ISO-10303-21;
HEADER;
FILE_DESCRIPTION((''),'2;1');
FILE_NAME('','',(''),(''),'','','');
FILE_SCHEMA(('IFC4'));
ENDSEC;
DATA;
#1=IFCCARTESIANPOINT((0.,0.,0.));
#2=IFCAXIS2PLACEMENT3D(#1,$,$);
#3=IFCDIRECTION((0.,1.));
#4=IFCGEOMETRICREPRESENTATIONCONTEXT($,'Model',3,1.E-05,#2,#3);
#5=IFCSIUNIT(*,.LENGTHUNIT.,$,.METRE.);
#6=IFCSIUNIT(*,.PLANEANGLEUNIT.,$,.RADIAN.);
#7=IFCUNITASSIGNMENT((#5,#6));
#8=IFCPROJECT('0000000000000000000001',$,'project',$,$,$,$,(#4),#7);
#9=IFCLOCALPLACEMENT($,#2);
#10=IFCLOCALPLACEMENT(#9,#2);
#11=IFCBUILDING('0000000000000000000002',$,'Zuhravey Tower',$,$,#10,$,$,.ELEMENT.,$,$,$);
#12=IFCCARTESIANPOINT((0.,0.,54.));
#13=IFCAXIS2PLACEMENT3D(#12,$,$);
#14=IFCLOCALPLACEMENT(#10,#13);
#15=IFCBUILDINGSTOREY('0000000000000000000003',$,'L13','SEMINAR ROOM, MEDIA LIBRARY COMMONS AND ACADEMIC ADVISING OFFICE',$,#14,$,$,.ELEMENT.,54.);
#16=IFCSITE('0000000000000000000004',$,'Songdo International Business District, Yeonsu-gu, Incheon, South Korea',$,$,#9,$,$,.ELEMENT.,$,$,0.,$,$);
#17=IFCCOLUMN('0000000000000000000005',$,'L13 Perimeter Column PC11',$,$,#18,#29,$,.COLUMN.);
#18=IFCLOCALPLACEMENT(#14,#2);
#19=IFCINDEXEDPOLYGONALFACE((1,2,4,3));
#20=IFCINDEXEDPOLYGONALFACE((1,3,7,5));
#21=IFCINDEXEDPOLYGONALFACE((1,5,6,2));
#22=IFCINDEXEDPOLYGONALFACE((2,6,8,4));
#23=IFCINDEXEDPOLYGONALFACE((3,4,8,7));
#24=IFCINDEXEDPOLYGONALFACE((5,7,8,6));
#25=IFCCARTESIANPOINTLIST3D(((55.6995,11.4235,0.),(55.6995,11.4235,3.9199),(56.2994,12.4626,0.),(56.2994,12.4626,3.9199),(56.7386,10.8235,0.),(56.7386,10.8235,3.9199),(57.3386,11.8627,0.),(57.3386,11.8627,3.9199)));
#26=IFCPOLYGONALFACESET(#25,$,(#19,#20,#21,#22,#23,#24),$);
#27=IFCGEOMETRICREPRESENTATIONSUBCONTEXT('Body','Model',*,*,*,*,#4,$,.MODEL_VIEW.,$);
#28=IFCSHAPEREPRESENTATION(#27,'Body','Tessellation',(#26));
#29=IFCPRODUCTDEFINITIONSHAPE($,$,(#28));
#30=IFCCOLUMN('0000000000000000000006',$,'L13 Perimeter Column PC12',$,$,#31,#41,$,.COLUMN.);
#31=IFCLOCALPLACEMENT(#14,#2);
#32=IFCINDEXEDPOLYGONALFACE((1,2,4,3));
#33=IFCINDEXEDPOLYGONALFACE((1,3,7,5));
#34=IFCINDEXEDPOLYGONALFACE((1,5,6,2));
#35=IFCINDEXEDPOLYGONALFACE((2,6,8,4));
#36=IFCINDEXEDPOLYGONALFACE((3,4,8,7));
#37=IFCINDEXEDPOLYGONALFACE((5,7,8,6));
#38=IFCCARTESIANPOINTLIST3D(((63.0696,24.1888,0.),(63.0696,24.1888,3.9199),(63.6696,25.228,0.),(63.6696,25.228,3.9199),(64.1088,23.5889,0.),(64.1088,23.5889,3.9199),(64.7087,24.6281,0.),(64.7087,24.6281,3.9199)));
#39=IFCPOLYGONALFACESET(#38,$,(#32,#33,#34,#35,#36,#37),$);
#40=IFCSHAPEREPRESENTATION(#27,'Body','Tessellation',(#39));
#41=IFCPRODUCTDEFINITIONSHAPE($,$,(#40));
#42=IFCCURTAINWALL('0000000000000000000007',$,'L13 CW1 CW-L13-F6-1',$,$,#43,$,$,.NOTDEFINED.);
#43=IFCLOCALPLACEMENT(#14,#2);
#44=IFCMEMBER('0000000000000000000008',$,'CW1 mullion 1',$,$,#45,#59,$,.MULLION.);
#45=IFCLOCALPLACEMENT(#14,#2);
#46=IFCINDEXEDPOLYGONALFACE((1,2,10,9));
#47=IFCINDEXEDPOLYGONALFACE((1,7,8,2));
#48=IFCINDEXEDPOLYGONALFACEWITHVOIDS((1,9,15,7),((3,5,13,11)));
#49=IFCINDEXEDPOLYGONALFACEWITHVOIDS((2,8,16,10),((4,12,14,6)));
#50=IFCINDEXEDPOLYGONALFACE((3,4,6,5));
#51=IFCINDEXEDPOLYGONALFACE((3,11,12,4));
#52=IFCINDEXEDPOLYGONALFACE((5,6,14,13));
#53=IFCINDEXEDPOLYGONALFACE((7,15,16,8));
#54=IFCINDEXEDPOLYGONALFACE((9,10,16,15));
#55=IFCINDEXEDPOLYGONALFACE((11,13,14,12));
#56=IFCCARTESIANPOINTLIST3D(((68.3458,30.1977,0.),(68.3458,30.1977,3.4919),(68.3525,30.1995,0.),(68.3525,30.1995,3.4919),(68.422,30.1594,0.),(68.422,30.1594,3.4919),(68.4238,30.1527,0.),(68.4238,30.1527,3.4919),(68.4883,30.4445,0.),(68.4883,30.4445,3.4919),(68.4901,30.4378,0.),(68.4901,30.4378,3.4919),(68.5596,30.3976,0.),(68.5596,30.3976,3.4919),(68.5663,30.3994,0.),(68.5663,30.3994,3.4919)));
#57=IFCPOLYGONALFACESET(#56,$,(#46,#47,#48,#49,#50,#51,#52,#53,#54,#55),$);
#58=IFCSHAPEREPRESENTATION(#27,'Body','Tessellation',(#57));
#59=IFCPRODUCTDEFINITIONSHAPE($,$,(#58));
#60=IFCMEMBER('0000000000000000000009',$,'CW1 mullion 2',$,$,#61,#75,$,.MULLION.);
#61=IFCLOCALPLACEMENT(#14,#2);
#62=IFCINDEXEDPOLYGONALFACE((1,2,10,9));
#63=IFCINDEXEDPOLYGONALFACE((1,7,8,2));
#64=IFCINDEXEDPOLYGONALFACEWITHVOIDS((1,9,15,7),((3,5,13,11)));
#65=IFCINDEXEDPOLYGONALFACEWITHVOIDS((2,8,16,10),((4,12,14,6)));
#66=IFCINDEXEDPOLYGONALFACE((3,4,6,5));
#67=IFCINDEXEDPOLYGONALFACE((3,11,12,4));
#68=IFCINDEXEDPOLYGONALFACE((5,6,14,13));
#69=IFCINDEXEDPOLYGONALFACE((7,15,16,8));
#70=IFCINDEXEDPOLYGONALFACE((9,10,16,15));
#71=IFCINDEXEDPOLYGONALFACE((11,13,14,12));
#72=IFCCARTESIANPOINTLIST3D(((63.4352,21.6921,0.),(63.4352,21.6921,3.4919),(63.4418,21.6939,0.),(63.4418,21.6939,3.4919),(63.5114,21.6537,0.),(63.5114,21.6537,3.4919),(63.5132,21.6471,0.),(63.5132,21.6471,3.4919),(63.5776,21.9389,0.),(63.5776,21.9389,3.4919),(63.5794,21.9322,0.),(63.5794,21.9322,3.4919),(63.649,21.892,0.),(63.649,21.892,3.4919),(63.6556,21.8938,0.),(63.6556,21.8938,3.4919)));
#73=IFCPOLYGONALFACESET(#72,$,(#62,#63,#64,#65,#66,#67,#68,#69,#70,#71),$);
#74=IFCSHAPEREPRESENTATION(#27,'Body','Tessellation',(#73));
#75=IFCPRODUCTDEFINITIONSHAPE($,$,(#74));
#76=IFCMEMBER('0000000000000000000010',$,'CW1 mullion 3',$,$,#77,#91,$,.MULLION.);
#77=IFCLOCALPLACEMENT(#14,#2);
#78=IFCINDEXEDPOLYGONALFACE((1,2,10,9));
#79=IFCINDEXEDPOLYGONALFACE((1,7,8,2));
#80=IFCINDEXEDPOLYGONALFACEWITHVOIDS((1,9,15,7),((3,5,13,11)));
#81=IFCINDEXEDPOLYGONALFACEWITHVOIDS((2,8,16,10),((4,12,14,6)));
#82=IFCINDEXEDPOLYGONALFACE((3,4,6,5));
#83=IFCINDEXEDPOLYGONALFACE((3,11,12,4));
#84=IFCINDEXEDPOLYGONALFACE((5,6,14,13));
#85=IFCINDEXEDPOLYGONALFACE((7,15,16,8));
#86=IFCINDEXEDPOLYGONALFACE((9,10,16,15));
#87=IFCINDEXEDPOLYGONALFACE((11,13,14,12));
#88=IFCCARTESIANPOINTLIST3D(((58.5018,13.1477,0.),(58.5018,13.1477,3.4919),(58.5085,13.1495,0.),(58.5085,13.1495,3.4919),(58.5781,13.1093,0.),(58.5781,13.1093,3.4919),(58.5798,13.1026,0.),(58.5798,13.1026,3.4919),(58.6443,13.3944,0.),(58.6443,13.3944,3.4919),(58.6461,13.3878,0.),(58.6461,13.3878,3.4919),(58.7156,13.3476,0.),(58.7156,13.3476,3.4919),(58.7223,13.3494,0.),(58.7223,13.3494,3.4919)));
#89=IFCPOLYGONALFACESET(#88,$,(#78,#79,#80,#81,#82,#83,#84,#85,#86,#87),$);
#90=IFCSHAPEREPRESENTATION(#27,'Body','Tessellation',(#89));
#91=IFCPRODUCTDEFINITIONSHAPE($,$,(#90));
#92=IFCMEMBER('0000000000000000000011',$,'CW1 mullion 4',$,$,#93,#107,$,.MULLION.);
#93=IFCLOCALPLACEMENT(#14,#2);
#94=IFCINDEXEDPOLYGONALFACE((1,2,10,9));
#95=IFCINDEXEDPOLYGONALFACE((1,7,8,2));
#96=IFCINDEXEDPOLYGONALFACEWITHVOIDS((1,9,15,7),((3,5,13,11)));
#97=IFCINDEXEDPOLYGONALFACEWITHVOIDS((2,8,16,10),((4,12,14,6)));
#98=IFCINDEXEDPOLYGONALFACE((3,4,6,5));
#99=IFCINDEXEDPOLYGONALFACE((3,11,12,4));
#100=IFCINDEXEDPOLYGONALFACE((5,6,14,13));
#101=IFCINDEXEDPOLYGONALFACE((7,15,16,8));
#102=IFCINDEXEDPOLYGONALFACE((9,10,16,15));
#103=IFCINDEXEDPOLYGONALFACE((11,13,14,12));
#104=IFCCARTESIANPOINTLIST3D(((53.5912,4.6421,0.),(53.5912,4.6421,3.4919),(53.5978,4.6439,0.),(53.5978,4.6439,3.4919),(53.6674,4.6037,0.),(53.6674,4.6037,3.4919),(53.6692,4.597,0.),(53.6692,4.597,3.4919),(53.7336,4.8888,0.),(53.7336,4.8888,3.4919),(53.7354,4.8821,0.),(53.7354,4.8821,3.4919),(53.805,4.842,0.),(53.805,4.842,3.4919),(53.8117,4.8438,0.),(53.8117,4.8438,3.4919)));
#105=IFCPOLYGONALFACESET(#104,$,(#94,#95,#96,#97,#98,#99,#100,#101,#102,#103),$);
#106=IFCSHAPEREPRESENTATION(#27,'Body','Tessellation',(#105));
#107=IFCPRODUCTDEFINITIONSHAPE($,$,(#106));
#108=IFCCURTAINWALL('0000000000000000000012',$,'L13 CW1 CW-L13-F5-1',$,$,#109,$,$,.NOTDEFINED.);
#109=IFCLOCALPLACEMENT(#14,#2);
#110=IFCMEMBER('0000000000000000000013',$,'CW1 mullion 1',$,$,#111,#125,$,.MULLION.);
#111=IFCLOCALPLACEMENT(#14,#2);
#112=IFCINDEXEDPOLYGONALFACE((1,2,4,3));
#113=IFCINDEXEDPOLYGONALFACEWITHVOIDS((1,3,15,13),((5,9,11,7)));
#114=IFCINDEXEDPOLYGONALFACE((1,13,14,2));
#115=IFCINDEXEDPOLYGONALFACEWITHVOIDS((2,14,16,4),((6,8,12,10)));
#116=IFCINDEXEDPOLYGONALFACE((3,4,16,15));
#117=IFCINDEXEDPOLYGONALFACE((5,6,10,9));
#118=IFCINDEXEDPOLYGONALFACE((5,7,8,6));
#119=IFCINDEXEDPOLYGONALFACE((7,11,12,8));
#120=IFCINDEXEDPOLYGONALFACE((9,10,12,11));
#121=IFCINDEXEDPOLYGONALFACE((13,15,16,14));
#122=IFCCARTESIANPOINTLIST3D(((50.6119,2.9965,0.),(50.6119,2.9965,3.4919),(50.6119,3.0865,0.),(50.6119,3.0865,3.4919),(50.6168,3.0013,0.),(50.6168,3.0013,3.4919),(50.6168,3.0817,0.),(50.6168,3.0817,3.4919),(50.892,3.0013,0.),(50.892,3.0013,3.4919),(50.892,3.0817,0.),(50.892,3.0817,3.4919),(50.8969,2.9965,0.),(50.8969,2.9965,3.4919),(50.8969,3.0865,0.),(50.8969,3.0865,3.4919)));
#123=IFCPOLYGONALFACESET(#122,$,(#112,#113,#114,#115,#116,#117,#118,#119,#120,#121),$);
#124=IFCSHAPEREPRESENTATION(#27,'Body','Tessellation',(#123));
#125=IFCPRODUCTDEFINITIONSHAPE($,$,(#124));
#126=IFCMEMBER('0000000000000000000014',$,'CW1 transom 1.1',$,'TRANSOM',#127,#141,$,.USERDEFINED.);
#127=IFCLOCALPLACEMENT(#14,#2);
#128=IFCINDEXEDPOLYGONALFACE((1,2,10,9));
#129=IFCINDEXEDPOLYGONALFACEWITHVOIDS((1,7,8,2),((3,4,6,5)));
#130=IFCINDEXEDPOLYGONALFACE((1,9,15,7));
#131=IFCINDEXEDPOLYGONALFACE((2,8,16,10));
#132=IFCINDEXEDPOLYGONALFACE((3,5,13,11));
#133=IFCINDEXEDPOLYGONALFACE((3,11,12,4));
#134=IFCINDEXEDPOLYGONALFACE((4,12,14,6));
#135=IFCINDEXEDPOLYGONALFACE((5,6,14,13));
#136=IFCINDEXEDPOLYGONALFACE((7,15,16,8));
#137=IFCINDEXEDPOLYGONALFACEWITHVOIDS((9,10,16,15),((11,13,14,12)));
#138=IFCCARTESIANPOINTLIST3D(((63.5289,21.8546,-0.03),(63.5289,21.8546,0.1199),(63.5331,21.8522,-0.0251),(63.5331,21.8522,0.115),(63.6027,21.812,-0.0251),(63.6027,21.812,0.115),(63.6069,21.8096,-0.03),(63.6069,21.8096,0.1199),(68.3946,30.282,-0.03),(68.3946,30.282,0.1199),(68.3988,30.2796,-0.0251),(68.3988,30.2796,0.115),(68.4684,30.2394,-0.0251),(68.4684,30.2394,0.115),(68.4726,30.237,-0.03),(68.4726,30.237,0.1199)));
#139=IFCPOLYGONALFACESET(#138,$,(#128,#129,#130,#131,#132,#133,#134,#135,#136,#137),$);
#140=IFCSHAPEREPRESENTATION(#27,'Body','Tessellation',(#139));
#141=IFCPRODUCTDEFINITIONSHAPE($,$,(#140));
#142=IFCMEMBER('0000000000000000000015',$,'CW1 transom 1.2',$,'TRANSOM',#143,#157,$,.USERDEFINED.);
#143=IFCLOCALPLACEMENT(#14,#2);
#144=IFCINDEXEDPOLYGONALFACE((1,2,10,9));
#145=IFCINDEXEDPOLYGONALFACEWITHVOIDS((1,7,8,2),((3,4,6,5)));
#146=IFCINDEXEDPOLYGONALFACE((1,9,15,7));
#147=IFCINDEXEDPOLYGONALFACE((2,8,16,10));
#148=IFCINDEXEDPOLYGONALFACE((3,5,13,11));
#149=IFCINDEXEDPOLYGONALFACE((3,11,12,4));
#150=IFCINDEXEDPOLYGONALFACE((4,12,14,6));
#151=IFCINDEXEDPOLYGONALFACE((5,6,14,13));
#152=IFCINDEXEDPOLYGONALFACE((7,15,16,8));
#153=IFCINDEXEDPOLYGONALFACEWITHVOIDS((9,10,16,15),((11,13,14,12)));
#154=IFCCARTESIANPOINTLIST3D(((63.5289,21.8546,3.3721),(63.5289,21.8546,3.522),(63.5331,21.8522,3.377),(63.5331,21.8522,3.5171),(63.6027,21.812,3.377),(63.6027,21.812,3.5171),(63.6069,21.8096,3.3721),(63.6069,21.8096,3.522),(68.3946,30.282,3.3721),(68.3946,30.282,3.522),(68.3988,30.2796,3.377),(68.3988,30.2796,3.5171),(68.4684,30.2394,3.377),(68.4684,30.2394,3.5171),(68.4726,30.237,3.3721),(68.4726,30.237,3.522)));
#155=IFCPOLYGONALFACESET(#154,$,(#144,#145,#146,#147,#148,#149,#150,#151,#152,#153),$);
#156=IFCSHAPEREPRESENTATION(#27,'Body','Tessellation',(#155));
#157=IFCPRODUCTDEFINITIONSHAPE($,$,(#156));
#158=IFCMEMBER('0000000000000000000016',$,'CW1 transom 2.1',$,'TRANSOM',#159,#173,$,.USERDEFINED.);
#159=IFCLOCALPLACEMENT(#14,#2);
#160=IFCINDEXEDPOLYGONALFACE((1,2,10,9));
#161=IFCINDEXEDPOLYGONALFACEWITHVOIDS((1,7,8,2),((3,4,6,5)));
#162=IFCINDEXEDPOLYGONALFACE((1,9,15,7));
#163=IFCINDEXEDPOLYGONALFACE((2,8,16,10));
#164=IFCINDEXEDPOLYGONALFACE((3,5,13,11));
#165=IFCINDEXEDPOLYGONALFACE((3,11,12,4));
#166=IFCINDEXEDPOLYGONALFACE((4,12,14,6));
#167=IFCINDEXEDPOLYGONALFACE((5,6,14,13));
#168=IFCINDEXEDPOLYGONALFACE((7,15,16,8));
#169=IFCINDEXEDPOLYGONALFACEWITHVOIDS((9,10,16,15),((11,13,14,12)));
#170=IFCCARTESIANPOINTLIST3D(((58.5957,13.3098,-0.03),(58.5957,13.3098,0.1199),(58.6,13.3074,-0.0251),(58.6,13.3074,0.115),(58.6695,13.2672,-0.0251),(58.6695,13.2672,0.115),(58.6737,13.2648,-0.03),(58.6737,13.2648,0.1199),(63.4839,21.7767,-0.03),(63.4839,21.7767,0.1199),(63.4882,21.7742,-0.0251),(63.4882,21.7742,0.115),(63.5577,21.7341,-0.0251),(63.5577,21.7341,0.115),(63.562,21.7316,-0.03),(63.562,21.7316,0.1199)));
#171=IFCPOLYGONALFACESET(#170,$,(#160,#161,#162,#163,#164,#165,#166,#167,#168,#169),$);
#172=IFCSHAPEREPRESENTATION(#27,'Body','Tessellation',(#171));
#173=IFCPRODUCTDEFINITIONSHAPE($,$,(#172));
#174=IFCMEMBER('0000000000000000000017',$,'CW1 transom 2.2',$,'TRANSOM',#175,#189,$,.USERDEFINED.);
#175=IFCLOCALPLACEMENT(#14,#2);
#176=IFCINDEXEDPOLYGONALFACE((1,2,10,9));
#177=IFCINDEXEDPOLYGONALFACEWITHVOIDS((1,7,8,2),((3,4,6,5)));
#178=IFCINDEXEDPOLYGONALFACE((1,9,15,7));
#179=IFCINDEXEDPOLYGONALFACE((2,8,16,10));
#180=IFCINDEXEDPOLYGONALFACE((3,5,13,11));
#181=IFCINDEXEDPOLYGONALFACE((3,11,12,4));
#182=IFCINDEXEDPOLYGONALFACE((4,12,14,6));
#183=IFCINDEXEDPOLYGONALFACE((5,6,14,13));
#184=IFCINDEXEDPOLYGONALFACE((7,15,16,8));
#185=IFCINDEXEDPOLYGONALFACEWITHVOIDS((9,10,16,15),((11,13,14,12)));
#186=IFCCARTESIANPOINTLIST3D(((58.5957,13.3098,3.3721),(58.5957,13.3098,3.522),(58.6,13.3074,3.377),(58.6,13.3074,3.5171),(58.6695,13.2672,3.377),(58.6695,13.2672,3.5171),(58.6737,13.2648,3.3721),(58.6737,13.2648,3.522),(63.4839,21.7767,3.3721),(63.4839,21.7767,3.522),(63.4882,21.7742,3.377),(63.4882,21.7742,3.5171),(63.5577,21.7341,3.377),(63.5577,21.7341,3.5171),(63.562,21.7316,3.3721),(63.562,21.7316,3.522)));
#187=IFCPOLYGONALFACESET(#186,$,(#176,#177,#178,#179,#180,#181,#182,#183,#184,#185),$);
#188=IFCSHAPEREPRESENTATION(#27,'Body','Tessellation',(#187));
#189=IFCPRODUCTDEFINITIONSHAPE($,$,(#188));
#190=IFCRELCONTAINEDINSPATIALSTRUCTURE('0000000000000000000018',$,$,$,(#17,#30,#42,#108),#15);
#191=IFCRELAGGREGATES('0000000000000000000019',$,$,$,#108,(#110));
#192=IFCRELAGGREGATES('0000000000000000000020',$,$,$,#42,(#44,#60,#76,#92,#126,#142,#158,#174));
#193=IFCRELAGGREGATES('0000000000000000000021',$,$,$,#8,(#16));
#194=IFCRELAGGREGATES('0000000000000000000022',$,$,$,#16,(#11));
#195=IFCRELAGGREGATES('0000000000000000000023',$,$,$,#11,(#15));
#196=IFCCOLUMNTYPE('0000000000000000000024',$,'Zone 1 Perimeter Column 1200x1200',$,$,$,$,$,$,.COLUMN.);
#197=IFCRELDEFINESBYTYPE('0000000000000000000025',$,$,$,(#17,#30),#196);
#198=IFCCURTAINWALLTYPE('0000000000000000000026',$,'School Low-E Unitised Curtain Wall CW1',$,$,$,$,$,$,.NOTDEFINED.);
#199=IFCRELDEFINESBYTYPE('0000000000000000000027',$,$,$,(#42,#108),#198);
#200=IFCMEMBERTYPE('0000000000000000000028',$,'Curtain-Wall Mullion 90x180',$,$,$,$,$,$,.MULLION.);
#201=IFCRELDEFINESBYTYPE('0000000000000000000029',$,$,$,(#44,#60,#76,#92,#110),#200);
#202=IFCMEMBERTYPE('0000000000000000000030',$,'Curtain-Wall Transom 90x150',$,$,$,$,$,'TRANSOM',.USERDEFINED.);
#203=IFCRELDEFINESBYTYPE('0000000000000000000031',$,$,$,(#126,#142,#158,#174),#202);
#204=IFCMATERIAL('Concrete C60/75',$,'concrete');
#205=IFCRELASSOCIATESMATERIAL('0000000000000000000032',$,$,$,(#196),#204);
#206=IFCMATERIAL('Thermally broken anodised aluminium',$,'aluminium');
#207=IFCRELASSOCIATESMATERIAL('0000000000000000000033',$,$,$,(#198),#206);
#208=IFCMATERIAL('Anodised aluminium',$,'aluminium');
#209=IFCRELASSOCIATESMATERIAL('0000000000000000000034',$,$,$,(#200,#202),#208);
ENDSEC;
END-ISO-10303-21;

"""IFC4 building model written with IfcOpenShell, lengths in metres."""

from ifc_helpers import new_model, si_unit, direction, frame, origin, origin_2d, place, context, subcontext, project, spatial, rectangle, hollow_rectangle, extrude, material, material_profile, profile_set, type_object, element, aggregate, save


model = new_model("IFC4")

# Units and contexts
model_context = context("Model", 3, precision=1e-05, world=origin(), true_north=direction((0.0, 1.0)))
body_context = subcontext(model_context, "Body", "Model", "MODEL_VIEW")
ifc_project = project(units=[si_unit("LENGTHUNIT", "METRE"), si_unit("PLANEANGLEUNIT", "RADIAN")], contexts=[model_context])

# Site, building, storey
site_placement = place(None, origin())
site = spatial("IfcSite", under=ifc_project, at=site_placement, Name="Songdo International Business District, Yeonsu-gu, Incheon, South Korea", CompositionType="ELEMENT", RefElevation=0.0)
building_placement = place(site_placement, origin())
building = spatial("IfcBuilding", under=site, at=building_placement, Name="Zuhravey Tower", CompositionType="ELEMENT")
storey_placement = place(building_placement, frame((0.0, 0.0, 54.0)))
storey = spatial("IfcBuildingStorey", under=building, at=storey_placement, Name="L13", Description="SEMINAR ROOM, MEDIA LIBRARY COMMONS AND ACADEMIC ADVISING OFFICE", CompositionType="ELEMENT", Elevation=54.0)

# Columns
ifc_material_1 = material(Name="Concrete C60/75", Category="concrete")
ifc_material_profile_1 = material_profile(ifc_material_1, rectangle(XDim=1.2, YDim=1.2, at=origin_2d()), Name="RC-1200x1200")
ifc_profile_set_1 = profile_set([ifc_material_profile_1], Name="Concrete C60/75")
column_type = type_object("IfcColumnType", Name="Zone 1 Perimeter Column 1200x1200", PredefinedType="COLUMN", material=ifc_profile_set_1)
for number, where, z_axis, x_axis, name in (
    (1, (56.519, 11.6431, 0.0), (0.0, 0.0, 1.0), (0.5, 0.866025, 0.0), "L13 Perimeter Column PC11"),
    (2, (63.8892, 24.4084, 0.0), (0.0, 0.0, 1.0), (0.5, 0.866025, 0.0), "L13 Perimeter Column PC12"),
):
    element("IfcColumn", number, at=place(storey_placement, frame(where, z_axis=z_axis, x_axis=x_axis)), inside=storey, type_object=column_type, Name=name, PredefinedType="COLUMN", context=body_context, shape_type="SweptSolid", body=[
        extrude(rectangle(XDim=1.2, YDim=1.2, at=origin_2d()), origin(), (0.0, 0.0, 1.0), 3.9199),
    ])

# Curtain wall, members
ifc_material_2 = material(Name="Thermally broken anodised aluminium", Category="aluminium")
curtain_wall_type = type_object("IfcCurtainWallType", Name="School Low-E Unitised Curtain Wall CW1", PredefinedType="NOTDEFINED", material=ifc_material_2)
curtain_wall_1_placement = place(storey_placement, origin())
curtain_wall_1 = element("IfcCurtainWall", 3, at=curtain_wall_1_placement, inside=storey, type_object=curtain_wall_type, Name="L13 CW1 CW-L13-F6-1", PredefinedType="NOTDEFINED")
ifc_material_3 = material(Name="Anodised aluminium", Category="aluminium")
ifc_material_profile_2 = material_profile(ifc_material_3, hollow_rectangle(XDim=0.0901, YDim=0.2849, WallThickness=0.0049, at=origin_2d()), Name="ALU-RHS-90x285x5")
ifc_profile_set_2 = profile_set([ifc_material_profile_2], Name="Anodised aluminium")
member_type_1 = type_object("IfcMemberType", Name="Curtain-Wall Mullion 90x180", PredefinedType="MULLION", material=ifc_profile_set_2)
member_1_placement = place(storey_placement, frame((68.4561, 30.2986, 0.0), z_axis=(0.0, 0.0, 1.0), x_axis=(0.866026, -0.5, 0.0)))
member_1 = element("IfcMember", 4, at=member_1_placement, type_object=member_type_1, Name="CW1 mullion 1", PredefinedType="MULLION", context=body_context, shape_type="SweptSolid", body=[
    extrude(hollow_rectangle(XDim=0.0901, YDim=0.2849, WallThickness=0.0049, at=origin_2d()), origin(), (0.0, 0.0, 1.0), 3.4919),
])
member_2_placement = place(storey_placement, frame((63.5454, 21.793, 0.0), z_axis=(0.0, 0.0, 1.0), x_axis=(0.866026, -0.5, 0.0)))
member_2 = element("IfcMember", 5, at=member_2_placement, type_object=member_type_1, Name="CW1 mullion 2", PredefinedType="MULLION", context=body_context, shape_type="SweptSolid", body=[
    extrude(hollow_rectangle(XDim=0.0901, YDim=0.2849, WallThickness=0.0049, at=origin_2d()), origin(), (0.0, 0.0, 1.0), 3.4919),
])
member_3_placement = place(storey_placement, frame((58.6121, 13.2485, 0.0), z_axis=(0.0, 0.0, 1.0), x_axis=(0.866026, -0.5, 0.0)))
member_3 = element("IfcMember", 6, at=member_3_placement, type_object=member_type_1, Name="CW1 mullion 3", PredefinedType="MULLION", context=body_context, shape_type="SweptSolid", body=[
    extrude(hollow_rectangle(XDim=0.0901, YDim=0.2849, WallThickness=0.0049, at=origin_2d()), origin(), (0.0, 0.0, 1.0), 3.4919),
])
member_4_placement = place(storey_placement, frame((53.7014, 4.7429, 0.0), z_axis=(0.0, 0.0, 1.0), x_axis=(0.866026, -0.5, 0.0)))
member_4 = element("IfcMember", 7, at=member_4_placement, type_object=member_type_1, Name="CW1 mullion 4", PredefinedType="MULLION", context=body_context, shape_type="SweptSolid", body=[
    extrude(hollow_rectangle(XDim=0.0901, YDim=0.2849, WallThickness=0.0049, at=origin_2d()), origin(), (0.0, 0.0, 1.0), 3.4919),
])

# Curtain wall, member
curtain_wall_2_placement = place(storey_placement, origin())
curtain_wall_2 = element("IfcCurtainWall", 8, at=curtain_wall_2_placement, inside=storey, type_object=curtain_wall_type, Name="L13 CW1 CW-L13-F5-1", PredefinedType="NOTDEFINED")
member_5_placement = place(storey_placement, frame((50.7544, 3.0415, 0.0), z_axis=(0.0, 0.0, 1.0), x_axis=(0.0, -1.0, 0.0)))
member_5 = element("IfcMember", 9, at=member_5_placement, type_object=member_type_1, Name="CW1 mullion 1", PredefinedType="MULLION", context=body_context, shape_type="SweptSolid", body=[
    extrude(hollow_rectangle(XDim=0.0901, YDim=0.2849, WallThickness=0.0049, at=origin_2d()), origin(), (0.0, 0.0, 1.0), 3.4919),
])

# Members
ifc_material_profile_3 = material_profile(ifc_material_3, hollow_rectangle(XDim=0.0901, YDim=0.1499, WallThickness=0.0049, at=origin_2d()), Name="ALU-RHS-90x150x5")
ifc_profile_set_3 = profile_set([ifc_material_profile_3], Name="Anodised aluminium")
member_type_2 = type_object("IfcMemberType", Name="Curtain-Wall Transom 90x150", ElementType="TRANSOM", PredefinedType="USERDEFINED", material=ifc_profile_set_3)
member_6_placement = place(storey_placement, frame((68.4336, 30.2595, 0.0449), z_axis=(-0.500008, -0.866021, 0.0), x_axis=(0.866021, -0.500008, 0.0)))
member_6 = element("IfcMember", 10, at=member_6_placement, type_object=member_type_2, Name="CW1 transom 1.1", ObjectType="TRANSOM", PredefinedType="USERDEFINED", context=body_context, shape_type="SweptSolid", body=[
    extrude(hollow_rectangle(XDim=0.0901, YDim=0.1499, WallThickness=0.0049, at=origin_2d()), origin(), (0.0, 0.0, 1.0), 9.7312),
])
member_7_placement = place(storey_placement, frame((68.4336, 30.2595, 3.447), z_axis=(-0.500008, -0.866021, 0.0), x_axis=(0.866021, -0.500008, 0.0)))
member_7 = element("IfcMember", 11, at=member_7_placement, type_object=member_type_2, Name="CW1 transom 1.2", ObjectType="TRANSOM", PredefinedType="USERDEFINED", context=body_context, shape_type="SweptSolid", body=[
    extrude(hollow_rectangle(XDim=0.0901, YDim=0.1499, WallThickness=0.0049, at=origin_2d()), origin(), (0.0, 0.0, 1.0), 9.7312),
])
member_8_placement = place(storey_placement, frame((63.5229, 21.7542, 0.0449), z_axis=(-0.49999, -0.866031, 0.0), x_axis=(0.866031, -0.49999, 0.0)))
member_8 = element("IfcMember", 12, at=member_8_placement, type_object=member_type_2, Name="CW1 transom 2.1", ObjectType="TRANSOM", PredefinedType="USERDEFINED", context=body_context, shape_type="SweptSolid", body=[
    extrude(hollow_rectangle(XDim=0.0901, YDim=0.1499, WallThickness=0.0049, at=origin_2d()), origin(), (0.0, 0.0, 1.0), 9.7766),
])
member_9_placement = place(storey_placement, frame((63.5229, 21.7542, 3.447), z_axis=(-0.49999, -0.866031, 0.0), x_axis=(0.866031, -0.49999, 0.0)))
member_9 = element("IfcMember", 13, at=member_9_placement, type_object=member_type_2, Name="CW1 transom 2.2", ObjectType="TRANSOM", PredefinedType="USERDEFINED", context=body_context, shape_type="SweptSolid", body=[
    extrude(hollow_rectangle(XDim=0.0901, YDim=0.1499, WallThickness=0.0049, at=origin_2d()), origin(), (0.0, 0.0, 1.0), 9.7766),
])
aggregate(curtain_wall_2, [member_5])

aggregate(curtain_wall_1, [member_1, member_2, member_3, member_4, member_6, member_7, member_8, member_9])

save(model, "model.ifc")
